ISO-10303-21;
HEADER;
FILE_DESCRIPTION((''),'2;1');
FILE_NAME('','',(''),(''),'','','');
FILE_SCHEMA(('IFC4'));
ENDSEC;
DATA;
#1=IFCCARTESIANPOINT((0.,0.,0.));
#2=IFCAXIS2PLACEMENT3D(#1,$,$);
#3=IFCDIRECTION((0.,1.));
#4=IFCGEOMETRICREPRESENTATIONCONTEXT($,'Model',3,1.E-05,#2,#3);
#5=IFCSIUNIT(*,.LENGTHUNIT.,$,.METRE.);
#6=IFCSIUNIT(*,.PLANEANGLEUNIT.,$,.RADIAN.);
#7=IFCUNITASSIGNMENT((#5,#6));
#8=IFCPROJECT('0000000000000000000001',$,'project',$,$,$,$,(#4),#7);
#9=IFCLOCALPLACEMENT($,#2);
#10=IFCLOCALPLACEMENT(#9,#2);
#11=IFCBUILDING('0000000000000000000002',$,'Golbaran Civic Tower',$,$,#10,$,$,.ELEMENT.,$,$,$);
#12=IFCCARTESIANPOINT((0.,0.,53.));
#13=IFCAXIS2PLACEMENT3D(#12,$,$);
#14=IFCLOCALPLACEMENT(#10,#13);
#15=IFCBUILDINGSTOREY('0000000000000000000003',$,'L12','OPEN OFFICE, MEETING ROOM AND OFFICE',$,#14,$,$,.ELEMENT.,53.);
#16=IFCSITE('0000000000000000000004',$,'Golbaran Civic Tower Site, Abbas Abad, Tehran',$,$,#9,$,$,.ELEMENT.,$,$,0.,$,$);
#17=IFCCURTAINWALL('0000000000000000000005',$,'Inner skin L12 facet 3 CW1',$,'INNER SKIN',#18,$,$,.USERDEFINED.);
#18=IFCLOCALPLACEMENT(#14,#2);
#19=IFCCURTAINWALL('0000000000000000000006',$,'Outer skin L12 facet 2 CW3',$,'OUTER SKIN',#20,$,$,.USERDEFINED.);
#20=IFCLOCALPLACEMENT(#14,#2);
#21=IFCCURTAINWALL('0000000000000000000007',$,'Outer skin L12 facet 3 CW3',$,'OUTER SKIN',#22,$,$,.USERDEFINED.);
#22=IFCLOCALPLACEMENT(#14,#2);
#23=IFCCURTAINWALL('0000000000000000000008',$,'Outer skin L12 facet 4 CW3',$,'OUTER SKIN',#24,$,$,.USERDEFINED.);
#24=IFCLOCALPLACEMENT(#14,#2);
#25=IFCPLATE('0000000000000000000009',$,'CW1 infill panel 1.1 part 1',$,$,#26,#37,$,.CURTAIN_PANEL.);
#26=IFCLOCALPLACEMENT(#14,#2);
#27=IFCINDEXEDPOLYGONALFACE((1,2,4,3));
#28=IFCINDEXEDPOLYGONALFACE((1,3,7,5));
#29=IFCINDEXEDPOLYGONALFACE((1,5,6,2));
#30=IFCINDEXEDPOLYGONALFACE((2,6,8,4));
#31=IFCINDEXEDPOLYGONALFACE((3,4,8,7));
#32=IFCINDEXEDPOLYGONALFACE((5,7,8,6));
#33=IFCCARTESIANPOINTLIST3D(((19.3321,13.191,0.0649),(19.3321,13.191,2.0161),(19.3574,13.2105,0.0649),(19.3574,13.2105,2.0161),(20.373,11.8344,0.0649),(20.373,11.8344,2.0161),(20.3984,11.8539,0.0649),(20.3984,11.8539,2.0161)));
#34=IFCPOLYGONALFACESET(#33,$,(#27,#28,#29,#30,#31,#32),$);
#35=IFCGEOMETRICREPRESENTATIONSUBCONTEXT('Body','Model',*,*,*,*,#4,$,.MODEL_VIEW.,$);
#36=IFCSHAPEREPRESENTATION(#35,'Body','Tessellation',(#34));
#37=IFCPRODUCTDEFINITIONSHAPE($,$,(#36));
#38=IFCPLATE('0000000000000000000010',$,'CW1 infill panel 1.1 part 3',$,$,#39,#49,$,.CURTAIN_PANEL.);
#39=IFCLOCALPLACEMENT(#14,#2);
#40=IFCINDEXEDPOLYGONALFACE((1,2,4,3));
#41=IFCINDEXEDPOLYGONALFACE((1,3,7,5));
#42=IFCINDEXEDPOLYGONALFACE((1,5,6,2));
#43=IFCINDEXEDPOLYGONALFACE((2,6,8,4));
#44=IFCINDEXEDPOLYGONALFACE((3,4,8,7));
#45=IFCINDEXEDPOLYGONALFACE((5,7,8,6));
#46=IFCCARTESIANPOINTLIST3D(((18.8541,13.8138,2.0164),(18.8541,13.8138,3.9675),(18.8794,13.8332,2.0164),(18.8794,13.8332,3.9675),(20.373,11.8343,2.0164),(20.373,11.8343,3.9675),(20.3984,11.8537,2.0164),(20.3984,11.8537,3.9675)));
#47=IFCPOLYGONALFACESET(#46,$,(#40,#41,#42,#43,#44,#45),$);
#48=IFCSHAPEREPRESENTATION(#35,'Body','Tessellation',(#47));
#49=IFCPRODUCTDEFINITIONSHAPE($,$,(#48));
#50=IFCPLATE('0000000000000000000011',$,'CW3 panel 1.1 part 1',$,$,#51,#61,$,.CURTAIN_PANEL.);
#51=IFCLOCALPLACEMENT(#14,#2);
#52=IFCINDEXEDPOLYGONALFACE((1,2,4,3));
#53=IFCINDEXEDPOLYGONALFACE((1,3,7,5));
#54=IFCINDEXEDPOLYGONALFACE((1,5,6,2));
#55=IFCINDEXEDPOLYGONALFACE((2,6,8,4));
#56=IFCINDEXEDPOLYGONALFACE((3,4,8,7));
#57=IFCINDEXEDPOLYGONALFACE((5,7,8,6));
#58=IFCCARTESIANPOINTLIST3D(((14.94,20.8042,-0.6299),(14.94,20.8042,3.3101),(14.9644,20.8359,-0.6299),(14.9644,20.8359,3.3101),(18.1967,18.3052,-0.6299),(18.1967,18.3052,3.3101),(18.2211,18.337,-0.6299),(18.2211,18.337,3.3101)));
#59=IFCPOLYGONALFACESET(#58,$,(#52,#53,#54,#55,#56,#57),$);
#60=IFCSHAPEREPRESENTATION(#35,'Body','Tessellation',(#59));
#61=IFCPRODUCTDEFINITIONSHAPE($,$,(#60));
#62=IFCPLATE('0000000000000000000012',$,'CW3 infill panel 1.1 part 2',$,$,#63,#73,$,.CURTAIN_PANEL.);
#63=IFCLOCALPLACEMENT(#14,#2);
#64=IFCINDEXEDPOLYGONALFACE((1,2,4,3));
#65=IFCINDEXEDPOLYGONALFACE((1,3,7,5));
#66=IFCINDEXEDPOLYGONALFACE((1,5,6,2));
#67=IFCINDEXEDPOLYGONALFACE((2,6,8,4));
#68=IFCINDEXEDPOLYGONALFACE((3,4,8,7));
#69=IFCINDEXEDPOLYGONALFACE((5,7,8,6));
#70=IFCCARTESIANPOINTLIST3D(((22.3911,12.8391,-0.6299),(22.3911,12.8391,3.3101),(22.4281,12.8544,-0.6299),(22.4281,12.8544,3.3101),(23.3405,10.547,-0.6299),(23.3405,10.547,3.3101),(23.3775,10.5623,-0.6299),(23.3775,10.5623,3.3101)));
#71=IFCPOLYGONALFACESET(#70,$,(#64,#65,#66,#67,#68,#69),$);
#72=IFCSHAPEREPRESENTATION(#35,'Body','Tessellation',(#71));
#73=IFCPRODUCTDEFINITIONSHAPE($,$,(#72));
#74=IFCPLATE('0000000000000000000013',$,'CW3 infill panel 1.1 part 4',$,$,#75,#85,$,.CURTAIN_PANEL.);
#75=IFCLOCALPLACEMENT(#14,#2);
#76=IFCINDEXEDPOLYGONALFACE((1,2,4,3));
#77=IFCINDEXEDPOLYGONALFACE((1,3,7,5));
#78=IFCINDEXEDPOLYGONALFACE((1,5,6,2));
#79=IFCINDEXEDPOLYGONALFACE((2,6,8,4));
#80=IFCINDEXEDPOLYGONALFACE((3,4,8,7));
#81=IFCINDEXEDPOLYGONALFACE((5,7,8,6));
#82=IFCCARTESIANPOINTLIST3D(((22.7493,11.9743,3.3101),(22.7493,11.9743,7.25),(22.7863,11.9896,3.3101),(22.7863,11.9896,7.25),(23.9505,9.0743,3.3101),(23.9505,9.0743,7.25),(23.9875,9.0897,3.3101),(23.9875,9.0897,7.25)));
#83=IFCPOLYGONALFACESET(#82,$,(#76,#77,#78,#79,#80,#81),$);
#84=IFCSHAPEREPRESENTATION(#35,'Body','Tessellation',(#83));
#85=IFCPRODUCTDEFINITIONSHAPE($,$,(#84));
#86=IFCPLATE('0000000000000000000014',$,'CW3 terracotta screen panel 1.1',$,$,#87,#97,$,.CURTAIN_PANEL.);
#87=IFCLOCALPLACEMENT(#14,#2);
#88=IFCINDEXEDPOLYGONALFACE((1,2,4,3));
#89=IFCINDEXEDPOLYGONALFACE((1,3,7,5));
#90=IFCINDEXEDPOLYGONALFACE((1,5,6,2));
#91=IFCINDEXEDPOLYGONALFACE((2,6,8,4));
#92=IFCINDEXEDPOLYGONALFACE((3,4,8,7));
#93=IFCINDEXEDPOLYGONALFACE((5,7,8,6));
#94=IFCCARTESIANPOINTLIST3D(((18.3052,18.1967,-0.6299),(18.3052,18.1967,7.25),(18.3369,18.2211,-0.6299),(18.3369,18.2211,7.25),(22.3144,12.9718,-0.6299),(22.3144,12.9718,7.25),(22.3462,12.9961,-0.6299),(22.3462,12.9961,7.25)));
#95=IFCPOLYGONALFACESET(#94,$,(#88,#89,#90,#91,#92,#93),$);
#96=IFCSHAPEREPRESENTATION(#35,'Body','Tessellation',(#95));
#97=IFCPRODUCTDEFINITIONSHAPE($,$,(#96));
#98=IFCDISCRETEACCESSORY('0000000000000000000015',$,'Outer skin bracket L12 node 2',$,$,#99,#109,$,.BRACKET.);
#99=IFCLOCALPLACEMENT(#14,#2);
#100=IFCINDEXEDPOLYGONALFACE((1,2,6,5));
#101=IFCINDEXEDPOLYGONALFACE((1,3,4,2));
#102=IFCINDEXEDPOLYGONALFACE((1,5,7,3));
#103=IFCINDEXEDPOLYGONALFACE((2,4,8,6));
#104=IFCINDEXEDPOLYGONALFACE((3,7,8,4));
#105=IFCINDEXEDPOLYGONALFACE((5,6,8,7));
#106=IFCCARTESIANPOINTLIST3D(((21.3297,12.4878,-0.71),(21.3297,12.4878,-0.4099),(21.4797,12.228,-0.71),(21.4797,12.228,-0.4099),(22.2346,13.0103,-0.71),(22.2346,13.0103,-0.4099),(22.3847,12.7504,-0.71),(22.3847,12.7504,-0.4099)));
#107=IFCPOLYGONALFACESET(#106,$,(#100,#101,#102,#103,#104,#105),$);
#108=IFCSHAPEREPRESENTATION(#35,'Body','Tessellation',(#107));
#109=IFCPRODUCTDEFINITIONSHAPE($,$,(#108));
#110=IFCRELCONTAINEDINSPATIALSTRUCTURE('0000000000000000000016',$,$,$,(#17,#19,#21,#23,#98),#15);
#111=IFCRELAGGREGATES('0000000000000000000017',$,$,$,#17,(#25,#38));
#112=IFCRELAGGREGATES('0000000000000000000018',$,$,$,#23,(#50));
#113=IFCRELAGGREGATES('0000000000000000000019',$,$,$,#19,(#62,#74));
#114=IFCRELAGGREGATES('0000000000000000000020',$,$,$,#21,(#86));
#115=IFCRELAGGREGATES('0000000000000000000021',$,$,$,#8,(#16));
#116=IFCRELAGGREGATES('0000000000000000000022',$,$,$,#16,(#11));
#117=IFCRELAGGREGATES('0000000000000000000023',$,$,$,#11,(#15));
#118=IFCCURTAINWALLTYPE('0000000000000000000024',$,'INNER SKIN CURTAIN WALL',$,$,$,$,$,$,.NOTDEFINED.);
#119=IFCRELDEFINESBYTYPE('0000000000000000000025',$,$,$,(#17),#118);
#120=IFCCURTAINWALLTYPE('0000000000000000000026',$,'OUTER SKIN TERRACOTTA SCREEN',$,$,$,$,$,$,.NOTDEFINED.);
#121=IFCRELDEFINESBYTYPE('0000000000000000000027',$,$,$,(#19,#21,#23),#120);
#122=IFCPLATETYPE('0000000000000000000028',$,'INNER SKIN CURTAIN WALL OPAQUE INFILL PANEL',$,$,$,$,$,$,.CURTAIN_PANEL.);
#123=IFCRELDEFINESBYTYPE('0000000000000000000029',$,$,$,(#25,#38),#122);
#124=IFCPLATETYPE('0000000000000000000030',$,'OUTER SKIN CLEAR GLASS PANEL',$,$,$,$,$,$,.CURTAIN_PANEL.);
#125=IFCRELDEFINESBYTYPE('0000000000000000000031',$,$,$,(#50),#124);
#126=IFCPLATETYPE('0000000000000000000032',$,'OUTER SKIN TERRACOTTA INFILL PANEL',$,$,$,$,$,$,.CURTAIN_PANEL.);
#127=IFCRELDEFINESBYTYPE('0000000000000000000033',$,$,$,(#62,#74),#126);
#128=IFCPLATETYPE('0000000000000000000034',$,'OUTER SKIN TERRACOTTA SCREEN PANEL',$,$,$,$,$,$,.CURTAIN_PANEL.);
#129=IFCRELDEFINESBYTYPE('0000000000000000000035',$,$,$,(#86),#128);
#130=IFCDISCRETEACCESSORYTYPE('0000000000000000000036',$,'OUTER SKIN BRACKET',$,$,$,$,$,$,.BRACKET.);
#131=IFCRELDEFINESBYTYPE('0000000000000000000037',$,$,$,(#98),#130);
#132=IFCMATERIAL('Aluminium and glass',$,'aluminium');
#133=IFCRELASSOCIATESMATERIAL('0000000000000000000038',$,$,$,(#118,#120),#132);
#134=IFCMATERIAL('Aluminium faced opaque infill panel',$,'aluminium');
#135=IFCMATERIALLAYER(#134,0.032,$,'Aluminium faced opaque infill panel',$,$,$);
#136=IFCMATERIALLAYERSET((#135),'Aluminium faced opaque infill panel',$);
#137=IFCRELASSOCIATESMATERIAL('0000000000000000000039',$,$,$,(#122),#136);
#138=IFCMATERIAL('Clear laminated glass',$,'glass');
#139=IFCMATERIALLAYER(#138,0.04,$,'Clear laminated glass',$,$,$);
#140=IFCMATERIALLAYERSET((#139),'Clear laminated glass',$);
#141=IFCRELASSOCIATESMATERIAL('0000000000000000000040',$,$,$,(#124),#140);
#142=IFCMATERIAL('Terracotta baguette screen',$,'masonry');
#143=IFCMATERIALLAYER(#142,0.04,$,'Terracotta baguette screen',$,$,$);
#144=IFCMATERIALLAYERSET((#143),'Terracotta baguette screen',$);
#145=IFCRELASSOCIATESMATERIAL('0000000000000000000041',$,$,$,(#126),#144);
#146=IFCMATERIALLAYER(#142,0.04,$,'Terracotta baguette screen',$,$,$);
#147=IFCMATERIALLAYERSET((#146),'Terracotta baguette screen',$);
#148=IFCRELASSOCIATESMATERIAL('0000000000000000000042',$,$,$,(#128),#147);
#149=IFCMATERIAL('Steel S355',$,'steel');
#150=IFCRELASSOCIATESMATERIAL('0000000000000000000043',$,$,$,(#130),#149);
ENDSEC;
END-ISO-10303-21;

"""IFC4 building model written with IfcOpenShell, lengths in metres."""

from ifc_helpers import new_model, si_unit, direction, frame, origin, origin_2d, place, context, subcontext, project, spatial, rectangle, extrude, material, layer, layer_set, type_object, element, aggregate, save


model = new_model("IFC4")

# Units and contexts
model_context = context("Model", 3, precision=1e-05, world=origin(), true_north=direction((0.0, 1.0)))
body_context = subcontext(model_context, "Body", "Model", "MODEL_VIEW")
ifc_project = project(units=[si_unit("LENGTHUNIT", "METRE"), si_unit("PLANEANGLEUNIT", "RADIAN")], contexts=[model_context])

# Site, building, storey
site_placement = place(None, origin())
site = spatial("IfcSite", under=ifc_project, at=site_placement, Name="Golbaran Civic Tower Site, Abbas Abad, Tehran", CompositionType="ELEMENT", RefElevation=0.0)
building_placement = place(site_placement, origin())
building = spatial("IfcBuilding", under=site, at=building_placement, Name="Golbaran Civic Tower", CompositionType="ELEMENT")
storey_placement = place(building_placement, frame((0.0, 0.0, 53.0)))
storey = spatial("IfcBuildingStorey", under=building, at=storey_placement, Name="L12", Description="OPEN OFFICE, MEETING ROOM AND OFFICE", CompositionType="ELEMENT", Elevation=53.0)

# Shared definitions
ifc_material_1 = material(Name="Steel S355", Category="steel")

# Shared definitions
ifc_material_2 = material(Name="Aluminium and glass", Category="aluminium")
curtain_wall_type_1 = type_object("IfcCurtainWallType", Name="INNER SKIN CURTAIN WALL", PredefinedType="NOTDEFINED", material=ifc_material_2)

# Curtain wall
curtain_wall_1_placement = place(storey_placement, origin())
curtain_wall_1 = element("IfcCurtainWall", 1, at=curtain_wall_1_placement, inside=storey, type_object=curtain_wall_type_1, Name="Inner skin L12 facet 3 CW1", ObjectType="INNER SKIN", PredefinedType="USERDEFINED")

# Curtain wall
curtain_wall_type_2 = type_object("IfcCurtainWallType", Name="OUTER SKIN TERRACOTTA SCREEN", PredefinedType="NOTDEFINED", material=ifc_material_2)
curtain_wall_2_placement = place(storey_placement, origin())
curtain_wall_2 = element("IfcCurtainWall", 2, at=curtain_wall_2_placement, inside=storey, type_object=curtain_wall_type_2, Name="Outer skin L12 facet 2 CW3", ObjectType="OUTER SKIN", PredefinedType="USERDEFINED")

# Curtain wall
curtain_wall_3_placement = place(storey_placement, origin())
curtain_wall_3 = element("IfcCurtainWall", 3, at=curtain_wall_3_placement, inside=storey, type_object=curtain_wall_type_2, Name="Outer skin L12 facet 3 CW3", ObjectType="OUTER SKIN", PredefinedType="USERDEFINED")

# Curtain wall
curtain_wall_4_placement = place(storey_placement, origin())
curtain_wall_4 = element("IfcCurtainWall", 4, at=curtain_wall_4_placement, inside=storey, type_object=curtain_wall_type_2, Name="Outer skin L12 facet 4 CW3", ObjectType="OUTER SKIN", PredefinedType="USERDEFINED")

# Plates
ifc_material_3 = material(Name="Aluminium faced opaque infill panel", Category="aluminium")
ifc_layer_1 = layer(ifc_material_3, 0.032, Name="Aluminium faced opaque infill panel")
ifc_layer_set_1 = layer_set([ifc_layer_1], Name="Aluminium faced opaque infill panel")
plate_type_1 = type_object("IfcPlateType", Name="INNER SKIN CURTAIN WALL OPAQUE INFILL PANEL", PredefinedType="CURTAIN_PANEL", material=ifc_layer_set_1)
plate_1_placement = place(storey_placement, frame((19.8652, 12.5225, 0.0649), z_axis=(0.0, 0.0, 1.0), x_axis=(-0.608761, 0.793353, 0.0)))
plate_1 = element("IfcPlate", 5, at=plate_1_placement, type_object=plate_type_1, Name="CW1 infill panel 1.1 part 1", PredefinedType="CURTAIN_PANEL", context=body_context, shape_type="SweptSolid", body=[
    extrude(rectangle(XDim=1.71, YDim=0.032, at=origin_2d()), origin(), (0.0, 0.0, 1.0), 1.9512),
])
plate_2_placement = place(storey_placement, frame((19.6262, 12.8337, 2.0164), z_axis=(0.0, 0.0, 1.0), x_axis=(-0.608761, 0.793353, 0.0)))
plate_2 = element("IfcPlate", 6, at=plate_2_placement, type_object=plate_type_1, Name="CW1 infill panel 1.1 part 3", PredefinedType="CURTAIN_PANEL", context=body_context, shape_type="SweptSolid", body=[
    extrude(rectangle(XDim=2.4951, YDim=0.032, at=origin_2d()), origin(), (0.0, 0.0, 1.0), 1.9512),
])
aggregate(curtain_wall_1, [plate_1, plate_2])
ifc_material_4 = material(Name="Clear laminated glass", Category="glass")
ifc_layer_2 = layer(ifc_material_4, 0.04, Name="Clear laminated glass")
ifc_layer_set_2 = layer_set([ifc_layer_2], Name="Clear laminated glass")
plate_type_2 = type_object("IfcPlateType", Name="OUTER SKIN CLEAR GLASS PANEL", PredefinedType="CURTAIN_PANEL", material=ifc_layer_set_2)
plate_3_placement = place(storey_placement, frame((16.5806, 19.5706, -0.6299), z_axis=(0.0, 0.0, 1.0), x_axis=(-0.793353, 0.608761, 0.0)))
plate_3 = element("IfcPlate", 7, at=plate_3_placement, type_object=plate_type_2, Name="CW3 panel 1.1 part 1", PredefinedType="CURTAIN_PANEL", context=body_context, shape_type="SweptSolid", body=[
    extrude(rectangle(XDim=4.105, YDim=0.04, at=origin_2d()), origin(), (0.0, 0.0, 1.0), 3.9399),
])
aggregate(curtain_wall_4, [plate_3])
ifc_material_5 = material(Name="Terracotta baguette screen", Category="masonry")
ifc_layer_3 = layer(ifc_material_5, 0.04, Name="Terracotta baguette screen")
ifc_layer_set_3 = layer_set([ifc_layer_3], Name="Terracotta baguette screen")
plate_type_3 = type_object("IfcPlateType", Name="OUTER SKIN TERRACOTTA INFILL PANEL", PredefinedType="CURTAIN_PANEL", material=ifc_layer_set_3)
plate_4_placement = place(storey_placement, frame((22.8843, 11.7007, -0.6299), z_axis=(0.0, 0.0, 1.0), x_axis=(-0.382683, 0.92388, 0.0)))
plate_4 = element("IfcPlate", 8, at=plate_4_placement, type_object=plate_type_3, Name="CW3 infill panel 1.1 part 2", PredefinedType="CURTAIN_PANEL", context=body_context, shape_type="SweptSolid", body=[
    extrude(rectangle(XDim=2.481, YDim=0.04, at=origin_2d()), origin(), (0.0, 0.0, 1.0), 3.9399),
])
plate_5_placement = place(storey_placement, frame((23.3684, 10.532, 3.3101), z_axis=(0.0, 0.0, 1.0), x_axis=(-0.382683, 0.92388, 0.0)))
plate_5 = element("IfcPlate", 9, at=plate_5_placement, type_object=plate_type_3, Name="CW3 infill panel 1.1 part 4", PredefinedType="CURTAIN_PANEL", context=body_context, shape_type="SweptSolid", body=[
    extrude(rectangle(XDim=3.1389, YDim=0.04, at=origin_2d()), origin(), (0.0, 0.0, 1.0), 3.9399),
])
aggregate(curtain_wall_2, [plate_4, plate_5])
ifc_layer_4 = layer(ifc_material_5, 0.04, Name="Terracotta baguette screen")
ifc_layer_set_4 = layer_set([ifc_layer_4], Name="Terracotta baguette screen")
plate_type_4 = type_object("IfcPlateType", Name="OUTER SKIN TERRACOTTA SCREEN PANEL", PredefinedType="CURTAIN_PANEL", material=ifc_layer_set_4)
plate_6_placement = place(storey_placement, frame((20.3257, 15.5964, -0.6299), z_axis=(0.0, 0.0, 1.0), x_axis=(-0.608761, 0.793353, 0.0)))
plate_6 = element("IfcPlate", 10, at=plate_6_placement, type_object=plate_type_4, Name="CW3 terracotta screen panel 1.1", PredefinedType="CURTAIN_PANEL", context=body_context, shape_type="SweptSolid", body=[
    extrude(rectangle(XDim=6.5859, YDim=0.04, at=origin_2d()), origin(), (0.0, 0.0, 1.0), 7.8799),
])
aggregate(curtain_wall_3, [plate_6])

# Discrete accessory
discrete_accessory_type = type_object("IfcDiscreteAccessoryType", Name="OUTER SKIN BRACKET", PredefinedType="BRACKET", material=ifc_material_1)
discrete_accessory_placement = place(storey_placement, frame((21.8572, 12.6191, -0.71), z_axis=(0.0, 0.0, 1.0), x_axis=(0.866025, 0.5, 0.0)))
element("IfcDiscreteAccessory", 11, at=discrete_accessory_placement, inside=storey, type_object=discrete_accessory_type, Name="Outer skin bracket L12 node 2", PredefinedType="BRACKET", context=body_context, shape_type="SweptSolid", body=[
    extrude(rectangle(XDim=1.0449, YDim=0.3, at=origin_2d()), origin(), (0.0, 0.0, 1.0), 0.3),
])

save(model, "model.ifc")
